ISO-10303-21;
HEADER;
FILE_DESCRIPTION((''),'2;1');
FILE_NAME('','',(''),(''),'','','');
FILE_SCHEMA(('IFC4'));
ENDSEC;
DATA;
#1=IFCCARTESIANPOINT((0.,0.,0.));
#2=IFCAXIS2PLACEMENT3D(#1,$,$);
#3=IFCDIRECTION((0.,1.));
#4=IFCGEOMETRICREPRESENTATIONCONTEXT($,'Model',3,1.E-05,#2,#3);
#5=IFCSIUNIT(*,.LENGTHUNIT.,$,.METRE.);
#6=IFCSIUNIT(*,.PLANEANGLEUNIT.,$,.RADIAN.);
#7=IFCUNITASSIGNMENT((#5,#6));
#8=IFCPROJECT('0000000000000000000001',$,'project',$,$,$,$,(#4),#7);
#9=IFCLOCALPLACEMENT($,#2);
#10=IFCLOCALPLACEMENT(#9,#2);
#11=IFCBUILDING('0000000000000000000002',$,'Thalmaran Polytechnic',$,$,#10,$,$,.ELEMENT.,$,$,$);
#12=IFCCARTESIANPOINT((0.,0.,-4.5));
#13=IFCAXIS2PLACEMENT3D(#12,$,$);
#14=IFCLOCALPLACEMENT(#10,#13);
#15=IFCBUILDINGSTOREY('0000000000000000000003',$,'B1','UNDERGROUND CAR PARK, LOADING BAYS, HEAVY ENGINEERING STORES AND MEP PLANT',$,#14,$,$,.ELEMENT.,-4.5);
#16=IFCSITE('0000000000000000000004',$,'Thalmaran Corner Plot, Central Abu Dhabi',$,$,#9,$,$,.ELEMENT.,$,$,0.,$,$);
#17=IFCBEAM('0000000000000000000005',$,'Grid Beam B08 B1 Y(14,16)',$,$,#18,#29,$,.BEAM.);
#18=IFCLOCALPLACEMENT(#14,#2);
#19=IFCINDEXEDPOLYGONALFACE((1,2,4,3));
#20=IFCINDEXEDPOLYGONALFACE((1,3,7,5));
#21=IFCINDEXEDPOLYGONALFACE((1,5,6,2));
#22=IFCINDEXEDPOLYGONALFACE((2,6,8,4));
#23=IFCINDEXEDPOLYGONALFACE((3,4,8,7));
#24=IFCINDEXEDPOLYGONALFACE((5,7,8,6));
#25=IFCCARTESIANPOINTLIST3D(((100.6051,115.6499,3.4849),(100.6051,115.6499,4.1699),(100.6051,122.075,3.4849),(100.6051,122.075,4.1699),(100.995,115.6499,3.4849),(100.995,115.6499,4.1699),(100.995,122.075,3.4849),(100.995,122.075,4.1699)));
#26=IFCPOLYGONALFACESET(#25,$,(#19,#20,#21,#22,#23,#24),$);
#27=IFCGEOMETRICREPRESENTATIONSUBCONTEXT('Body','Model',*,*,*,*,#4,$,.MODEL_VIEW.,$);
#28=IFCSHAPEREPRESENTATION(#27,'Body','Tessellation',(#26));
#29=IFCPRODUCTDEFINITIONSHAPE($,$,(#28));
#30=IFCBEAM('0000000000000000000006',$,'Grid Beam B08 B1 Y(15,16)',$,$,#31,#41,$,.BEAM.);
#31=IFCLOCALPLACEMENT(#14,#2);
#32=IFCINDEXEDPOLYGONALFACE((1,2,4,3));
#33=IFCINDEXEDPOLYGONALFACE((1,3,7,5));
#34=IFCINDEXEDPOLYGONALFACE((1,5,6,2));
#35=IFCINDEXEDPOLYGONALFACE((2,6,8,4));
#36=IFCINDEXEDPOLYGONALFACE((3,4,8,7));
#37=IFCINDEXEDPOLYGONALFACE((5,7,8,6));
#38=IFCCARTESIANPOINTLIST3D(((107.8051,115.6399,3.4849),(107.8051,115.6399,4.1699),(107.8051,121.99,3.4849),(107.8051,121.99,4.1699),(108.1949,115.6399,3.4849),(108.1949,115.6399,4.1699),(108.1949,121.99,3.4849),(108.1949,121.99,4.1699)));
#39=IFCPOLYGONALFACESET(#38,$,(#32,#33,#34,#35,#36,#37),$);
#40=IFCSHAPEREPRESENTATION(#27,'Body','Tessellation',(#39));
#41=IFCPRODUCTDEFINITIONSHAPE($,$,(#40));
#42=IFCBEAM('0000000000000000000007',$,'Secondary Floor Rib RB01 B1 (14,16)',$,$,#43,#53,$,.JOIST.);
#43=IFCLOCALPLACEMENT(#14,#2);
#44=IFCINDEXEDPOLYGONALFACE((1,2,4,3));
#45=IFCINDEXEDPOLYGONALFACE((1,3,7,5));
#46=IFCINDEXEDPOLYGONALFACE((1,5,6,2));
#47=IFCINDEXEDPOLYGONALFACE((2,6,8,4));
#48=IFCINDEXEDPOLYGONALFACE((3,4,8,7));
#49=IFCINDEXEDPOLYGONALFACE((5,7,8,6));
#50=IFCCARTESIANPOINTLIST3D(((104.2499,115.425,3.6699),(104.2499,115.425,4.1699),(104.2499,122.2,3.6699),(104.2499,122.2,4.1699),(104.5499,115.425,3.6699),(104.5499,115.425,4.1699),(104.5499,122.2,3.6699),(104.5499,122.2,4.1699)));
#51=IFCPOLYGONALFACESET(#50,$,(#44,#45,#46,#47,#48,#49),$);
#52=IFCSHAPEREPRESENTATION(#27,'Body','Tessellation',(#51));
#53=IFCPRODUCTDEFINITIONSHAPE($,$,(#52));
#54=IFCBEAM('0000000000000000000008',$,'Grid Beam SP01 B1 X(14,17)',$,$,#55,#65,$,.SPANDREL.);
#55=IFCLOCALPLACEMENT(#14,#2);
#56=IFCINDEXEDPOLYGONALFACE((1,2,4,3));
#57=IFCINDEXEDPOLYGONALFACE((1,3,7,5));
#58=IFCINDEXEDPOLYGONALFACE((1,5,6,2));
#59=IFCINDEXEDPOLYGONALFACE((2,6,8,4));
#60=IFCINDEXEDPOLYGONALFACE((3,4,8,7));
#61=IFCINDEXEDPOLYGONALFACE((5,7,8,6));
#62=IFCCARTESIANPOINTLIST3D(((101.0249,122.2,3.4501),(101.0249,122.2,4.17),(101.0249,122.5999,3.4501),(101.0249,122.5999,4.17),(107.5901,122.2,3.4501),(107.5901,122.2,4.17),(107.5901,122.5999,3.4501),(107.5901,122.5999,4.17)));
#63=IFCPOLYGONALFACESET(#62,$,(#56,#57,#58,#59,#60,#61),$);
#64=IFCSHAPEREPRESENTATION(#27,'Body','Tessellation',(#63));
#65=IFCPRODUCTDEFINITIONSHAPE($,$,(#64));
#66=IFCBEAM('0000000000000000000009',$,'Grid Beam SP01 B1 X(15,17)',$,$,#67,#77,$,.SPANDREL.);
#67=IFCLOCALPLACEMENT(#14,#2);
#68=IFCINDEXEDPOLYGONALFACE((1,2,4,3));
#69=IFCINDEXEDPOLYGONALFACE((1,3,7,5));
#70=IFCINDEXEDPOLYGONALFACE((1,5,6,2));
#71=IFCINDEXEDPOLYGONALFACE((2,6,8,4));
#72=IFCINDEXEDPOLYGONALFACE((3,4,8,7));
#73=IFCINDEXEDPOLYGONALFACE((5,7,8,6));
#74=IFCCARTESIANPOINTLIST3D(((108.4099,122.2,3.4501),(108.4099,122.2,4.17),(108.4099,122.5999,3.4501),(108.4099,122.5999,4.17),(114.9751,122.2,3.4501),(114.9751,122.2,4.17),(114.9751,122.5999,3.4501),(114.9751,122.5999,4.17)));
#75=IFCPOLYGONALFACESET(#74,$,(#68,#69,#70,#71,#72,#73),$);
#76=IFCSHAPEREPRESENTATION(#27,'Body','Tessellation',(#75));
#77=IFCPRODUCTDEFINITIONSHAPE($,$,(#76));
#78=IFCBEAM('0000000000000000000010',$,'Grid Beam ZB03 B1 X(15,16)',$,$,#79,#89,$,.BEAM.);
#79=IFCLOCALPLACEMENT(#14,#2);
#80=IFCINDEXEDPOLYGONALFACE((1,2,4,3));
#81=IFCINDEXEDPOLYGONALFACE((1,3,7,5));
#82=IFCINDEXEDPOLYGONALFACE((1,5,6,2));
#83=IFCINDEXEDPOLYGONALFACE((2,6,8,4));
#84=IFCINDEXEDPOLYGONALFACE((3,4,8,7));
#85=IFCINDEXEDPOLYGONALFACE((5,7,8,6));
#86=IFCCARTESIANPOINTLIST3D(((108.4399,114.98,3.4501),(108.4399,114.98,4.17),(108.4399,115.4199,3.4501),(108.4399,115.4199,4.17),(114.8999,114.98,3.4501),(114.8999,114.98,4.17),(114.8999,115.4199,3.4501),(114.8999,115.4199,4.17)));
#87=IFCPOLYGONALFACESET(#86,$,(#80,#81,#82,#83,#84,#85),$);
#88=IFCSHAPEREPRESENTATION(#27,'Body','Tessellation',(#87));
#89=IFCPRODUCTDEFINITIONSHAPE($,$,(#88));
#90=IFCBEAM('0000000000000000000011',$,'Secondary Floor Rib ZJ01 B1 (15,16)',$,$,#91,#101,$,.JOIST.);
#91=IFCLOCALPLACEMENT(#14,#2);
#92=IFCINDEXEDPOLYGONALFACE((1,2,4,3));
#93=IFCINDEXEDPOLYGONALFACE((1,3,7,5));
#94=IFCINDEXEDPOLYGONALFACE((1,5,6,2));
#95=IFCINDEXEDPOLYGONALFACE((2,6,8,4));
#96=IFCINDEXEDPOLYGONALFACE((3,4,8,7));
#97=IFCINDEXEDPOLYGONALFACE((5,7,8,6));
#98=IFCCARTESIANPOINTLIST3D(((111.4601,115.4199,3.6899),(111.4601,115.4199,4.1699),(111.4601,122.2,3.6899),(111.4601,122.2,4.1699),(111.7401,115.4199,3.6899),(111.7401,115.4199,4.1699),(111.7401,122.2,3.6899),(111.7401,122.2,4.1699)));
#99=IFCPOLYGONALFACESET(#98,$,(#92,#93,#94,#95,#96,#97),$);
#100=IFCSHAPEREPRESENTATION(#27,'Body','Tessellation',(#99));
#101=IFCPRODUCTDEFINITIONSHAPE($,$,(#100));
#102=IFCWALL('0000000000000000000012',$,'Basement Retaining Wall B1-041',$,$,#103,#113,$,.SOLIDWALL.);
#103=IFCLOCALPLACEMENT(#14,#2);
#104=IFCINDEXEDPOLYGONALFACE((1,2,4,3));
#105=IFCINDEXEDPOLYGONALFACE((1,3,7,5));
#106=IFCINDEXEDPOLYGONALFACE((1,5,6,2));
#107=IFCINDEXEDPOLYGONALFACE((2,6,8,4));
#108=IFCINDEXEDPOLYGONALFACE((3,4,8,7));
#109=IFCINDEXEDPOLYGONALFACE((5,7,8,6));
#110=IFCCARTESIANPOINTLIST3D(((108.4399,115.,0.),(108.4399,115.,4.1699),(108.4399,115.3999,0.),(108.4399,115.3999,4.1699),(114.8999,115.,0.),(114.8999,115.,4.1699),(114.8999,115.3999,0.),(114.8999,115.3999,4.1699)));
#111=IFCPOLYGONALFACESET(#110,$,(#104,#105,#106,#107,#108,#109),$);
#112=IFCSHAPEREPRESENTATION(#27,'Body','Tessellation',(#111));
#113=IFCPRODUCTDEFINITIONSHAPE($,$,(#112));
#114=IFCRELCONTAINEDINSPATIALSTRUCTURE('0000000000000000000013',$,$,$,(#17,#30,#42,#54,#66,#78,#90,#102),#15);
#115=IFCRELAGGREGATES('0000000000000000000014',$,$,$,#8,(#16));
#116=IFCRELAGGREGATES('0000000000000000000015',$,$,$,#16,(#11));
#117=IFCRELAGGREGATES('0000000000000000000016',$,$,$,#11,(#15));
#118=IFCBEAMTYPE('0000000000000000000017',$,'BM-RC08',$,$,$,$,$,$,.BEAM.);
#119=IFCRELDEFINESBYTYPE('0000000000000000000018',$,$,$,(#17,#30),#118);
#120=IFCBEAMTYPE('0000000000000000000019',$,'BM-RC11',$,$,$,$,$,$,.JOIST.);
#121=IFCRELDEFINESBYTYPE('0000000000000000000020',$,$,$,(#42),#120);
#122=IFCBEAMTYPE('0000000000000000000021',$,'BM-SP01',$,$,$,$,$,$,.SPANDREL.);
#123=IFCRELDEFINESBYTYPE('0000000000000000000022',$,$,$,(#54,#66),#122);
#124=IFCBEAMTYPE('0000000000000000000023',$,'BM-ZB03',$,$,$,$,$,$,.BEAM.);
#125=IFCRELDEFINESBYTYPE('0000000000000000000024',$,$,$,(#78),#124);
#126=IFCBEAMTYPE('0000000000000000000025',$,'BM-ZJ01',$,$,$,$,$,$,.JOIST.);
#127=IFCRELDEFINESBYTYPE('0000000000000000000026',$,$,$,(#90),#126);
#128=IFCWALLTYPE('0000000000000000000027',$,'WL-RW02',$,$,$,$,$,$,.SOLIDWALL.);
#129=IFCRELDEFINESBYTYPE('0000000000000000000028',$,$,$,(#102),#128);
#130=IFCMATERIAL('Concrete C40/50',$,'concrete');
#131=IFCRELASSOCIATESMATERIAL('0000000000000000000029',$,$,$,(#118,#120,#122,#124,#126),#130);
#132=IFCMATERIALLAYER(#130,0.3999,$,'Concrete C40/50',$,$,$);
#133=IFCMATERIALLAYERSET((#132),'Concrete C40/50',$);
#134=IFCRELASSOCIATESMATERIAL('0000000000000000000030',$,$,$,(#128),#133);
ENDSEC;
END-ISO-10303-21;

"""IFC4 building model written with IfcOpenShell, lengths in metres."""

from ifc_helpers import new_model, si_unit, direction, frame, frame_2d, origin, origin_2d, place, context, subcontext, project, spatial, rectangle, extrude, material, layer, layer_set, material_profile, profile_set, type_object, element, save


model = new_model("IFC4")

# Units and contexts
model_context = context("Model", 3, precision=1e-05, world=origin(), true_north=direction((0.0, 1.0)))
body_context = subcontext(model_context, "Body", "Model", "MODEL_VIEW")
ifc_project = project(units=[si_unit("LENGTHUNIT", "METRE"), si_unit("PLANEANGLEUNIT", "RADIAN")], contexts=[model_context])

# Site, building, storey
site_placement = place(None, origin())
site = spatial("IfcSite", under=ifc_project, at=site_placement, Name="Thalmaran Corner Plot, Central Abu Dhabi", CompositionType="ELEMENT", RefElevation=0.0)
building_placement = place(site_placement, origin())
building = spatial("IfcBuilding", under=site, at=building_placement, Name="Thalmaran Polytechnic", CompositionType="ELEMENT")
storey_placement = place(building_placement, frame((0.0, 0.0, -4.5)))
storey = spatial("IfcBuildingStorey", under=building, at=storey_placement, Name="B1", Description="UNDERGROUND CAR PARK, LOADING BAYS, HEAVY ENGINEERING STORES AND MEP PLANT", CompositionType="ELEMENT", Elevation=-4.5)

# Shared definitions
ifc_material_1 = material(Name="Concrete C40/50", Category="concrete")

# Beams
ifc_material_profile_1 = material_profile(ifc_material_1, rectangle(XDim=0.3899, YDim=0.6851, at=origin_2d()), Name="RC 390x685")
ifc_profile_set_1 = profile_set([ifc_material_profile_1], Name="Concrete C40/50")
beam_type_1 = type_object("IfcBeamType", Name="BM-RC08", PredefinedType="BEAM", material=ifc_profile_set_1)
beam_1_placement = place(storey_placement, frame((100.8, 115.6499, 3.8274), z_axis=(0.0, 1.0, 0.0), x_axis=(-1.0, 0.0, 0.0)))
element("IfcBeam", 1, at=beam_1_placement, inside=storey, type_object=beam_type_1, Name="Grid Beam B08 B1 Y(14,16)", PredefinedType="BEAM", context=body_context, shape_type="SweptSolid", body=[
    extrude(rectangle(XDim=0.3899, YDim=0.6851, at=origin_2d()), origin(), (0.0, 0.0, 1.0), 6.425),
])
beam_2_placement = place(storey_placement, frame((108.0, 115.6399, 3.8274), z_axis=(0.0, 1.0, 0.0), x_axis=(-1.0, 0.0, 0.0)))
element("IfcBeam", 2, at=beam_2_placement, inside=storey, type_object=beam_type_1, Name="Grid Beam B08 B1 Y(15,16)", PredefinedType="BEAM", context=body_context, shape_type="SweptSolid", body=[
    extrude(rectangle(XDim=0.3899, YDim=0.6851, at=origin_2d()), origin(), (0.0, 0.0, 1.0), 6.3501),
])
ifc_material_profile_2 = material_profile(ifc_material_1, rectangle(XDim=0.3, YDim=0.5, at=origin_2d()), Name="RC 300x500")
ifc_profile_set_2 = profile_set([ifc_material_profile_2], Name="Concrete C40/50")
beam_type_2 = type_object("IfcBeamType", Name="BM-RC11", PredefinedType="JOIST", material=ifc_profile_set_2)
beam_3_placement = place(storey_placement, frame((104.3999, 115.425, 3.9199), z_axis=(0.0, 1.0, 0.0), x_axis=(-1.0, 0.0, 0.0)))
element("IfcBeam", 3, at=beam_3_placement, inside=storey, type_object=beam_type_2, Name="Secondary Floor Rib RB01 B1 (14,16)", PredefinedType="JOIST", context=body_context, shape_type="SweptSolid", body=[
    extrude(rectangle(XDim=0.3, YDim=0.5, at=origin_2d()), origin(), (0.0, 0.0, 1.0), 6.7749),
])
ifc_material_profile_3 = material_profile(ifc_material_1, rectangle(XDim=0.3999, YDim=0.72, at=origin_2d()), Name="RC 400x720")
ifc_profile_set_3 = profile_set([ifc_material_profile_3], Name="Concrete C40/50")
beam_type_3 = type_object("IfcBeamType", Name="BM-SP01", PredefinedType="SPANDREL", material=ifc_profile_set_3)
for number, where, z_axis, x_axis, name in (
    (4, (101.0249, 122.3999, 3.8101), (1.0, 0.0, 0.0), (0.0, 1.0, 0.0), "Grid Beam SP01 B1 X(14,17)"),
    (5, (108.4099, 122.3999, 3.8101), (1.0, 0.0, 0.0), (0.0, 1.0, 0.0), "Grid Beam SP01 B1 X(15,17)"),
):
    element("IfcBeam", number, at=place(storey_placement, frame(where, z_axis=z_axis, x_axis=x_axis)), inside=storey, type_object=beam_type_3, Name=name, PredefinedType="SPANDREL", context=body_context, shape_type="SweptSolid", body=[
        extrude(rectangle(XDim=0.3999, YDim=0.72, at=origin_2d()), origin(), (0.0, 0.0, 1.0), 6.5652),
    ])
ifc_material_profile_4 = material_profile(ifc_material_1, rectangle(XDim=0.4399, YDim=0.72, at=origin_2d()), Name="RC 440x720")
ifc_profile_set_4 = profile_set([ifc_material_profile_4], Name="Concrete C40/50")
beam_type_4 = type_object("IfcBeamType", Name="BM-ZB03", PredefinedType="BEAM", material=ifc_profile_set_4)
beam_4_placement = place(storey_placement, frame((108.4399, 115.2, 3.8101), z_axis=(1.0, 0.0, 0.0), x_axis=(0.0, 1.0, 0.0)))
element("IfcBeam", 6, at=beam_4_placement, inside=storey, type_object=beam_type_4, Name="Grid Beam ZB03 B1 X(15,16)", PredefinedType="BEAM", context=body_context, shape_type="SweptSolid", body=[
    extrude(rectangle(XDim=0.4399, YDim=0.72, at=origin_2d()), origin(), (0.0, 0.0, 1.0), 6.46),
])
ifc_material_profile_5 = material_profile(ifc_material_1, rectangle(XDim=0.28, YDim=0.48, at=origin_2d()), Name="RC 280x480")
ifc_profile_set_5 = profile_set([ifc_material_profile_5], Name="Concrete C40/50")
beam_type_5 = type_object("IfcBeamType", Name="BM-ZJ01", PredefinedType="JOIST", material=ifc_profile_set_5)
beam_5_placement = place(storey_placement, frame((111.6001, 115.4199, 3.9299), z_axis=(0.0, 1.0, 0.0), x_axis=(-1.0, 0.0, 0.0)))
element("IfcBeam", 7, at=beam_5_placement, inside=storey, type_object=beam_type_5, Name="Secondary Floor Rib ZJ01 B1 (15,16)", PredefinedType="JOIST", context=body_context, shape_type="SweptSolid", body=[
    extrude(rectangle(XDim=0.28, YDim=0.48, at=origin_2d()), origin(), (0.0, 0.0, 1.0), 6.78),
])

# Wall
ifc_layer = layer(ifc_material_1, 0.3999, Name="Concrete C40/50")
ifc_layer_set = layer_set([ifc_layer], Name="Concrete C40/50")
wall_type = type_object("IfcWallType", Name="WL-RW02", PredefinedType="SOLIDWALL", material=ifc_layer_set)
wall_placement = place(storey_placement, frame((108.4399, 115.2, 0.0), z_axis=(0.0, 0.0, 1.0), x_axis=(1.0, 0.0, 0.0)))
element("IfcWall", 8, at=wall_placement, inside=storey, type_object=wall_type, Name="Basement Retaining Wall B1-041", PredefinedType="SOLIDWALL", context=body_context, shape_type="SweptSolid", body=[
    extrude(rectangle(XDim=6.46, YDim=0.3999, at=frame_2d((3.23, 0.0))), origin(), (0.0, 0.0, 1.0), 4.1699),
])

save(model, "model.ifc")
